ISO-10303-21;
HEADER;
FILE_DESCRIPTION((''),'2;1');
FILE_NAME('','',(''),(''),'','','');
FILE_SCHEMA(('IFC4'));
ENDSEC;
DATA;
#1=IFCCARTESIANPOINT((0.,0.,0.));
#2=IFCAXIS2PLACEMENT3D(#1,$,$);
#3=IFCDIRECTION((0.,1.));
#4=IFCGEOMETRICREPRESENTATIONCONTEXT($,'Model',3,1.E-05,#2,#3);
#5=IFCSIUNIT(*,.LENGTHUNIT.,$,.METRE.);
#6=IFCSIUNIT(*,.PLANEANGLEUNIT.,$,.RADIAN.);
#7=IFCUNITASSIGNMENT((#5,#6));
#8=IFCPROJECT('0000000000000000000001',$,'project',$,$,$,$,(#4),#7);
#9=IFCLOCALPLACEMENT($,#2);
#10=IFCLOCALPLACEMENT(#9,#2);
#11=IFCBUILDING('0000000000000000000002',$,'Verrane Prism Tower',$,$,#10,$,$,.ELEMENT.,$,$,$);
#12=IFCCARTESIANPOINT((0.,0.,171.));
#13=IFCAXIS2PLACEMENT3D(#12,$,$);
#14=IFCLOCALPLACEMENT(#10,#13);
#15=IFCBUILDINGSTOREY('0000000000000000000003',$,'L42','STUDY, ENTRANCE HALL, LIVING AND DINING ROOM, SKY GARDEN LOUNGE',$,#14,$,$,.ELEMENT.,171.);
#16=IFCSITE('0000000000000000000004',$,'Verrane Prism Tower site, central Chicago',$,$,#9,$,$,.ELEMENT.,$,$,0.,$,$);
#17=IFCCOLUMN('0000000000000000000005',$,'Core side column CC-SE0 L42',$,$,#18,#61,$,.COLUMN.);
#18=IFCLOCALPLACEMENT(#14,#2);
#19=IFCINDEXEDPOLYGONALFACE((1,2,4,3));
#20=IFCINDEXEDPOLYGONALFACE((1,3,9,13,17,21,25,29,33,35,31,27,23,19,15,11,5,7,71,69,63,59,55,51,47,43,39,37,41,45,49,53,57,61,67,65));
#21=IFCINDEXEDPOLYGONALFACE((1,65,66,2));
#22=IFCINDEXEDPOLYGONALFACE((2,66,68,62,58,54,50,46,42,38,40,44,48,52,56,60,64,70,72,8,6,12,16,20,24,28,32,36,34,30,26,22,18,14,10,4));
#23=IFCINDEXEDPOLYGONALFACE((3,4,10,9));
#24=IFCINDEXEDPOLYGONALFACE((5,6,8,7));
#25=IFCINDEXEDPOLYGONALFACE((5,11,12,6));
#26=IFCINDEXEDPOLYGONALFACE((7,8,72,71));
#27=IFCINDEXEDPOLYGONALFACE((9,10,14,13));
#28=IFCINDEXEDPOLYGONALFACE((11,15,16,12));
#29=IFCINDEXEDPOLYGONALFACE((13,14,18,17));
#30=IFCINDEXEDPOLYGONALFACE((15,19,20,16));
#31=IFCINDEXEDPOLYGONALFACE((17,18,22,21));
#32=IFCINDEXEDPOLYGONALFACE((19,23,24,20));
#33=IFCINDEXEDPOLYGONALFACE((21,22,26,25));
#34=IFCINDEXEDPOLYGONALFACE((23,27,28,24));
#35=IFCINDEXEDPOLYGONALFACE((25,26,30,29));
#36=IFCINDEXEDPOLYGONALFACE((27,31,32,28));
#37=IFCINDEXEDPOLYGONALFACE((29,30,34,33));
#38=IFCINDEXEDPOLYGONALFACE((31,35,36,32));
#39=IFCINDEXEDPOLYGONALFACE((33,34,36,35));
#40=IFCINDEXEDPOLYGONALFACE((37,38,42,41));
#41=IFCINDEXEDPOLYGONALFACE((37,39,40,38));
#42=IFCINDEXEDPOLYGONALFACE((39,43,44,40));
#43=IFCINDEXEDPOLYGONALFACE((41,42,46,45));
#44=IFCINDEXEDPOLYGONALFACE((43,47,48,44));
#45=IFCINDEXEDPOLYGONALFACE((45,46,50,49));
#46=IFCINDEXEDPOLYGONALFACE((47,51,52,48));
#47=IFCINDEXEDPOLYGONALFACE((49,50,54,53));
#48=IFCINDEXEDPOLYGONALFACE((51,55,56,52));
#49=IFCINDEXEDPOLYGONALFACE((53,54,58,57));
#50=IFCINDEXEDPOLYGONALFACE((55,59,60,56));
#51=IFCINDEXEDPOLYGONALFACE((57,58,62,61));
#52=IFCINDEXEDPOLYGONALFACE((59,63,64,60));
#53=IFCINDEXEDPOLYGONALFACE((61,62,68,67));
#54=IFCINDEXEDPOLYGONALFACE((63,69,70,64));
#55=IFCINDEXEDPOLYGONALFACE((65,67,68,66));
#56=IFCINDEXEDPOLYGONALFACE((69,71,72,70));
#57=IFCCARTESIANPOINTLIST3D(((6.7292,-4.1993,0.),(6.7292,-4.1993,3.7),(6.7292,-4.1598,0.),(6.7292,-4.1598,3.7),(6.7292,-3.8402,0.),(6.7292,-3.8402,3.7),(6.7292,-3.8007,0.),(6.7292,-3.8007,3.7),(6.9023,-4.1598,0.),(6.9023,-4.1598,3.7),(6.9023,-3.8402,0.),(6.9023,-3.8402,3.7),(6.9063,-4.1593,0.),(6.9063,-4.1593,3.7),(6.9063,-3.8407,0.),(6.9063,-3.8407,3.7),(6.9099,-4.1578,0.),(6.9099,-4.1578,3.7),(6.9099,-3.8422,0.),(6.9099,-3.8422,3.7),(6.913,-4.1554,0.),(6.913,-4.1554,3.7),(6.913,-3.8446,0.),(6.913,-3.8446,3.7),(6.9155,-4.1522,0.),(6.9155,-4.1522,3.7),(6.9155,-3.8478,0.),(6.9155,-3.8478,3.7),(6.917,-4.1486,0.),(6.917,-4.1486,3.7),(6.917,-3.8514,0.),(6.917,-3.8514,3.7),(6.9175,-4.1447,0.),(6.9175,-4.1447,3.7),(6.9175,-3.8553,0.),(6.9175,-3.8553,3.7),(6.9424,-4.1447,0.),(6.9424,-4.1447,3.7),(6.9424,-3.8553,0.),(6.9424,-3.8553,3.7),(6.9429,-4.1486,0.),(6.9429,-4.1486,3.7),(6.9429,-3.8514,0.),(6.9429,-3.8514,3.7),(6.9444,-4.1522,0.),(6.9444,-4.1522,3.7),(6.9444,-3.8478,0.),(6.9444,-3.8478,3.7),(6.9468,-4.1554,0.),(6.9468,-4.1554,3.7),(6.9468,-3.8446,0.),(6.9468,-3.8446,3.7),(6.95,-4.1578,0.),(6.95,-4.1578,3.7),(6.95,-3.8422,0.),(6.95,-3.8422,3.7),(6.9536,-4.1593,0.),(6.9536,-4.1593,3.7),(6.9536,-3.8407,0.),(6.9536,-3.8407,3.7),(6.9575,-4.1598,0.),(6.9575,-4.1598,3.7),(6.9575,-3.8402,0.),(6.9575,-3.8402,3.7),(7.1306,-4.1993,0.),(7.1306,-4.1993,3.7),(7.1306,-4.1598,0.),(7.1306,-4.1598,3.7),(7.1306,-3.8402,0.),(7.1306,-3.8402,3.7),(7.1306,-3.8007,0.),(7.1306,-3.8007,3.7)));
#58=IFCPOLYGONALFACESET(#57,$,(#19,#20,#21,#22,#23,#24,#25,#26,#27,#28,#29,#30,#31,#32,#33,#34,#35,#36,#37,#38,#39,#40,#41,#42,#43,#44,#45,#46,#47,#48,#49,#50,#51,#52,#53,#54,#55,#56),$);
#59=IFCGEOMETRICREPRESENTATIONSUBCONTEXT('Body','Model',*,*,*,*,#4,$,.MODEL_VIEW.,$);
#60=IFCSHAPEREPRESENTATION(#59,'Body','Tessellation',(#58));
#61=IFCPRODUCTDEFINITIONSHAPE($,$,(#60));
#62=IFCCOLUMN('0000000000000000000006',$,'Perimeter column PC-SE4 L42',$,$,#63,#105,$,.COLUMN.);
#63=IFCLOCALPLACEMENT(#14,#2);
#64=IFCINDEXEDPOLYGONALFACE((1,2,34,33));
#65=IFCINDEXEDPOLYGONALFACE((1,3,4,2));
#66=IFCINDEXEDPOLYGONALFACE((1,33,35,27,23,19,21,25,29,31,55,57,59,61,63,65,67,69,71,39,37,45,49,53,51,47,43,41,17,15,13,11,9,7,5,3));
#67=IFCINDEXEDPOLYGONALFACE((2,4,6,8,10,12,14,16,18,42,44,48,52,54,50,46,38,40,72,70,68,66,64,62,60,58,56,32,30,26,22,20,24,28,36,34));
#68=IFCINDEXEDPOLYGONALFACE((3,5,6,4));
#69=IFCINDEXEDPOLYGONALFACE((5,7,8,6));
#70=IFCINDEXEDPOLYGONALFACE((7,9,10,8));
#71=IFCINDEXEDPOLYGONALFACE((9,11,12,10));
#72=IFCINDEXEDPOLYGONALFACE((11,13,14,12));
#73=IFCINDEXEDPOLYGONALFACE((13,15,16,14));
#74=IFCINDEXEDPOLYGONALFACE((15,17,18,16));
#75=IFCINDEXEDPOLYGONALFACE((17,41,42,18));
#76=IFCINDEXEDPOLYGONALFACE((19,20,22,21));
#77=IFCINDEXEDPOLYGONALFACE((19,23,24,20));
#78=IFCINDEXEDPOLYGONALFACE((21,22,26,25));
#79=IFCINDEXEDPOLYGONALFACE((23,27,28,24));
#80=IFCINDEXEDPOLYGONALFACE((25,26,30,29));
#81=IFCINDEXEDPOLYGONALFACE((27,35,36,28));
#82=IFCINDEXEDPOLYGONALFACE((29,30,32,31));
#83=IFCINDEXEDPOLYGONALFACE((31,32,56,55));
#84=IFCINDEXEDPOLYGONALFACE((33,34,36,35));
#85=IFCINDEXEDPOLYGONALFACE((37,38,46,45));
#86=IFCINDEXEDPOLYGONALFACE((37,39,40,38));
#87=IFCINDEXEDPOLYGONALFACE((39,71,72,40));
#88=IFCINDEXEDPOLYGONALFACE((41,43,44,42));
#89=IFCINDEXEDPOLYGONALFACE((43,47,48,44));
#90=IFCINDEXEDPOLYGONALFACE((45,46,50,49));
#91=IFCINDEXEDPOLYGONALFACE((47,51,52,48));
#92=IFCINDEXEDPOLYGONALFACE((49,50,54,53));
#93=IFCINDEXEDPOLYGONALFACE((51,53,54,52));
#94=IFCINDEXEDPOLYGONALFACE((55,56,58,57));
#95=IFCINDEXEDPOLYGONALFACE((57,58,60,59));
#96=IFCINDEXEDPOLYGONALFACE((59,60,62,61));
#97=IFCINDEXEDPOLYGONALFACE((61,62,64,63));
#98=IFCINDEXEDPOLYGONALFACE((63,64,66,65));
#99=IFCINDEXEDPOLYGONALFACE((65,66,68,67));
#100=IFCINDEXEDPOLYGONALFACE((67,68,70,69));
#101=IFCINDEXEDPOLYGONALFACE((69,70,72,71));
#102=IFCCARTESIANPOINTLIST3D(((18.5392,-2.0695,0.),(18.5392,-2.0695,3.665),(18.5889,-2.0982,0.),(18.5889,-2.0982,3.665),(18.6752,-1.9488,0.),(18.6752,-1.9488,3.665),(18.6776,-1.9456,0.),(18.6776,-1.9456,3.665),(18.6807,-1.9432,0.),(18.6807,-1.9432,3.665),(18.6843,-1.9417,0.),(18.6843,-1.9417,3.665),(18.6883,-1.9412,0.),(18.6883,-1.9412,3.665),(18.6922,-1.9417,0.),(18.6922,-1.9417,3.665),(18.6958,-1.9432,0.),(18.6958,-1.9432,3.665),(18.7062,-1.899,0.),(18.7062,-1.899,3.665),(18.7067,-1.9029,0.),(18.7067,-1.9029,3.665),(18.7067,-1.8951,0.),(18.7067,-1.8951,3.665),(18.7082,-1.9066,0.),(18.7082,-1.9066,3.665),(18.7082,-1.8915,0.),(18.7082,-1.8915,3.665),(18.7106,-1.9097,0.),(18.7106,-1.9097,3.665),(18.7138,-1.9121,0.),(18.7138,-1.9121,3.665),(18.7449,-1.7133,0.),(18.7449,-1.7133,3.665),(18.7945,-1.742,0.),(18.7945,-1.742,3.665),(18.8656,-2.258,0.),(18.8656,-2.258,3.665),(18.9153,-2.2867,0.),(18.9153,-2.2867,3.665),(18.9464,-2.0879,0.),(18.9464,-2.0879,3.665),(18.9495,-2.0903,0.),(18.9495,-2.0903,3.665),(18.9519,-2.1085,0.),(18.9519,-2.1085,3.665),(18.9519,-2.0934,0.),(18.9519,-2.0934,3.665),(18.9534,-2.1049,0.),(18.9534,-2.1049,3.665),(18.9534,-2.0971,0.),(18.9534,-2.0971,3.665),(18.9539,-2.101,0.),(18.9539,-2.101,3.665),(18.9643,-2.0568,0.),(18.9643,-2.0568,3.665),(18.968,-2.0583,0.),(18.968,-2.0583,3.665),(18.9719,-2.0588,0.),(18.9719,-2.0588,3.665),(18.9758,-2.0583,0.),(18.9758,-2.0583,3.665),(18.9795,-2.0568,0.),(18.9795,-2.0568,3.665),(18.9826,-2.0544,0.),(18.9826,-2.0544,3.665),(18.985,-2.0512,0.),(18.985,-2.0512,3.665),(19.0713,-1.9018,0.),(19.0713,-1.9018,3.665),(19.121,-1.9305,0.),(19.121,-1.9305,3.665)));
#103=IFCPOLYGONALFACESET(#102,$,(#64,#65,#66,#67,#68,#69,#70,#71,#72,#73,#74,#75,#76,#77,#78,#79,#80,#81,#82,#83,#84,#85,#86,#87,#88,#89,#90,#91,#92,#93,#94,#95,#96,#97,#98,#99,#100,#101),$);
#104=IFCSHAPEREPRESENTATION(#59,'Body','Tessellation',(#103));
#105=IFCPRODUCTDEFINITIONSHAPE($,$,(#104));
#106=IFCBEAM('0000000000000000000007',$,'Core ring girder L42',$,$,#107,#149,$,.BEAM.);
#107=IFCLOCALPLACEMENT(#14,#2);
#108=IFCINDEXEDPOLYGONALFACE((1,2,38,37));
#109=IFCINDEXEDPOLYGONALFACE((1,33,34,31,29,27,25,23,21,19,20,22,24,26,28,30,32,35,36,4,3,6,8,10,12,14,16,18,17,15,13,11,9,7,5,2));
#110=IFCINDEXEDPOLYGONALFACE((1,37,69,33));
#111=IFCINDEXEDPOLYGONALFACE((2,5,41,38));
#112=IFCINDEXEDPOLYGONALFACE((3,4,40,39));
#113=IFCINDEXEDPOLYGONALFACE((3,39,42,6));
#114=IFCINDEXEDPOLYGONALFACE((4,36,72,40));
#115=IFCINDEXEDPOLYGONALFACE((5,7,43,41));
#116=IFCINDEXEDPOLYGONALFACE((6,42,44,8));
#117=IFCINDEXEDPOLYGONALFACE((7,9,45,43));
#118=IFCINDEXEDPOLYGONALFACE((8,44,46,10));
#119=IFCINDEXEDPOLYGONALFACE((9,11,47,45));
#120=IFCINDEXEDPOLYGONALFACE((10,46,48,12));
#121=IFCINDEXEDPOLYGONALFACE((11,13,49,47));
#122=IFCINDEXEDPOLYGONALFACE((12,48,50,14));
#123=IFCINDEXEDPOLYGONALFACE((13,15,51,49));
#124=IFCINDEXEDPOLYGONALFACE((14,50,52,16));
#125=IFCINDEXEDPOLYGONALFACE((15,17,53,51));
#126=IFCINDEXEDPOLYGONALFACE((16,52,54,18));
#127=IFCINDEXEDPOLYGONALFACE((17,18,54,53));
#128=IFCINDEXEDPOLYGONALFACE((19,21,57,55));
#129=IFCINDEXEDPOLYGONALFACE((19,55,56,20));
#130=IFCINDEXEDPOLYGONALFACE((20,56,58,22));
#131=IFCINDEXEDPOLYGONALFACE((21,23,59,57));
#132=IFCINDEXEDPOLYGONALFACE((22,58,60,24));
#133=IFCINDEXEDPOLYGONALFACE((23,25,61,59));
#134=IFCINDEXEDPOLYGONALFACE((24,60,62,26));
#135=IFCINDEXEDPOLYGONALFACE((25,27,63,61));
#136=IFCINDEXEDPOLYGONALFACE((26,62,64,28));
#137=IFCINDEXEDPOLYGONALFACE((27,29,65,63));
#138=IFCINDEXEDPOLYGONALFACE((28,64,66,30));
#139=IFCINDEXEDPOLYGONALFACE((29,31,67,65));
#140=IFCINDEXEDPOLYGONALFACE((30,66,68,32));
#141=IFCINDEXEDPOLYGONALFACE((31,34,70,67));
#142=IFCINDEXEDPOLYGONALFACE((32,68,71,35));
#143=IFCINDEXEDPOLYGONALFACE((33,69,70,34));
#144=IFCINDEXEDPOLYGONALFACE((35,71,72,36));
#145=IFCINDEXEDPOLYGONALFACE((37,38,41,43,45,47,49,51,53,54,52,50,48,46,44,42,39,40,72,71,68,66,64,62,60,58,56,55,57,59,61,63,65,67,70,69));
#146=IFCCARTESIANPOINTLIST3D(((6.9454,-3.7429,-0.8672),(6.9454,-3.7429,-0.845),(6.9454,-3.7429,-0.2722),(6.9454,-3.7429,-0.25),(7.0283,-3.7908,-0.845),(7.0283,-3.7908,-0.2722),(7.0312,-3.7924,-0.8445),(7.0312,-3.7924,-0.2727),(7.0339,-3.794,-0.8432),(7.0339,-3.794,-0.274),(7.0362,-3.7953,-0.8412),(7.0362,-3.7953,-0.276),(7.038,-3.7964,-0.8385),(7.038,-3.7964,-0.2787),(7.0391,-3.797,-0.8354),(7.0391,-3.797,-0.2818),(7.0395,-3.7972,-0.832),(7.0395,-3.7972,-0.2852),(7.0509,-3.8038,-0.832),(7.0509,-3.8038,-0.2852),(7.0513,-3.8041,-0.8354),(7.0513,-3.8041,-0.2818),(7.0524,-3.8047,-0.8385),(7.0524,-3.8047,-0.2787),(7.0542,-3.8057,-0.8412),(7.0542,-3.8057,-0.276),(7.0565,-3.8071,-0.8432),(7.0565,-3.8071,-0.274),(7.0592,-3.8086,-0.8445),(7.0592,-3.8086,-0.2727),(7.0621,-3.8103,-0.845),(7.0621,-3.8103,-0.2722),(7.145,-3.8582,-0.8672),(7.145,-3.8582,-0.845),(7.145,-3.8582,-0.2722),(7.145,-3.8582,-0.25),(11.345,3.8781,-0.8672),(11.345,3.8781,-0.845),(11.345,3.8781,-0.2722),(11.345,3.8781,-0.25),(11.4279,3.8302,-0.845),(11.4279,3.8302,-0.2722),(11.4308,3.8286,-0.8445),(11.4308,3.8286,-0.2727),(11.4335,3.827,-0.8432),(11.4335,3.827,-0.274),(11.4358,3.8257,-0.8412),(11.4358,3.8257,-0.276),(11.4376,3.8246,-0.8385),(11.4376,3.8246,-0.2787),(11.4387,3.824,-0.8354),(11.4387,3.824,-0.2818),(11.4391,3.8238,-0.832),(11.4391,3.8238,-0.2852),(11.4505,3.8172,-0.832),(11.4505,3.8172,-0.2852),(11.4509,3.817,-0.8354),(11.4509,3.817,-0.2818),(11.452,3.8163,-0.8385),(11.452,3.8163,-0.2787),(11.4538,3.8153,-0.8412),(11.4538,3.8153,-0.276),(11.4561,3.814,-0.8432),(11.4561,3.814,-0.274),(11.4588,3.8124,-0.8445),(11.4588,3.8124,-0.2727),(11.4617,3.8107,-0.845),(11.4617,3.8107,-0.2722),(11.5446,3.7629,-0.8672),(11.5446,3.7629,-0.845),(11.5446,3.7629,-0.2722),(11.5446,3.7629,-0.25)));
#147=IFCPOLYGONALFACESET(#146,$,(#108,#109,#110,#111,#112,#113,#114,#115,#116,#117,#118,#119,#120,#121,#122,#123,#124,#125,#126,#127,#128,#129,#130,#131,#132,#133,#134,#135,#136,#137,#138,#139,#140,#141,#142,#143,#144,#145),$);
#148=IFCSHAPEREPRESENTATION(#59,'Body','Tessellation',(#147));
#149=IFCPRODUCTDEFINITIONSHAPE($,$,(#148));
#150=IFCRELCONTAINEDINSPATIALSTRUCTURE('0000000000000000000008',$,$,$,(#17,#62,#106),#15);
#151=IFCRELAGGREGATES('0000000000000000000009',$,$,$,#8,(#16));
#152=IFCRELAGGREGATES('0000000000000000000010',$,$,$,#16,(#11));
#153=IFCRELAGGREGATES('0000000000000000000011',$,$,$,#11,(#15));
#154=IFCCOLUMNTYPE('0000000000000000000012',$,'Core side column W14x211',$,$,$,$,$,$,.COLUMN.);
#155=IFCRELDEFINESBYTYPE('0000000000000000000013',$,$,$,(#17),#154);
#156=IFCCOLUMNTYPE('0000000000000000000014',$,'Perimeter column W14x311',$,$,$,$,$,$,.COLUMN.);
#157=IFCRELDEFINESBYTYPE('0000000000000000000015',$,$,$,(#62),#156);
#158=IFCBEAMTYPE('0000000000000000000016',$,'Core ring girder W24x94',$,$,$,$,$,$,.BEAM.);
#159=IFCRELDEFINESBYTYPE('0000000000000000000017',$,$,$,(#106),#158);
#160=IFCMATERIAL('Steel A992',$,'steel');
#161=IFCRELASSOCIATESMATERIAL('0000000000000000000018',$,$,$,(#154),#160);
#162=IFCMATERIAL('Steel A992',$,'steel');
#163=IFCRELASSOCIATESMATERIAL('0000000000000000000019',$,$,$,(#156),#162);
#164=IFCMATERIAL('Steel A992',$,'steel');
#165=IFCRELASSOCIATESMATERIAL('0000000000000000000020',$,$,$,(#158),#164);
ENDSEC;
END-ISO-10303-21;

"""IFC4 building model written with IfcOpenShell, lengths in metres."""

from ifc_helpers import new_model, si_unit, direction, frame, origin, origin_2d, place, context, subcontext, project, spatial, i_section, extrude, material, material_profile, profile_set, type_object, element, save


model = new_model("IFC4")

# Units and contexts
model_context = context("Model", 3, precision=1e-05, world=origin(), true_north=direction((0.0, 1.0)))
body_context = subcontext(model_context, "Body", "Model", "MODEL_VIEW")
ifc_project = project(units=[si_unit("LENGTHUNIT", "METRE"), si_unit("PLANEANGLEUNIT", "RADIAN")], contexts=[model_context])

# Site, building, storey
site_placement = place(None, origin())
site = spatial("IfcSite", under=ifc_project, at=site_placement, Name="Verrane Prism Tower site, central Chicago", CompositionType="ELEMENT", RefElevation=0.0)
building_placement = place(site_placement, origin())
building = spatial("IfcBuilding", under=site, at=building_placement, Name="Verrane Prism Tower", CompositionType="ELEMENT")
storey_placement = place(building_placement, frame((0.0, 0.0, 171.0)))
storey = spatial("IfcBuildingStorey", under=building, at=storey_placement, Name="L42", Description="STUDY, ENTRANCE HALL, LIVING AND DINING ROOM, SKY GARDEN LOUNGE", CompositionType="ELEMENT", Elevation=171.0)

# Columns
ifc_material_1 = material(Name="Steel A992", Category="steel")
ifc_material_profile_1 = material_profile(ifc_material_1, i_section(OverallWidth=0.4014, OverallDepth=0.3987, WebThickness=0.0249, FlangeThickness=0.0396, FilletRadius=0.0151, at=origin_2d()), Name="W14x211")
ifc_profile_set_1 = profile_set([ifc_material_profile_1], Name="Steel A992")
column_type_1 = type_object("IfcColumnType", Name="Core side column W14x211", PredefinedType="COLUMN", material=ifc_profile_set_1)
column_1_placement = place(storey_placement, frame((6.9299, -4.0, 0.0), z_axis=(0.0, 0.0, 1.0), x_axis=(1.0, 0.0, 0.0)))
element("IfcColumn", 1, at=column_1_placement, inside=storey, type_object=column_type_1, Name="Core side column CC-SE0 L42", PredefinedType="COLUMN", context=body_context, shape_type="SweptSolid", body=[
    extrude(i_section(OverallWidth=0.4014, OverallDepth=0.3987, WebThickness=0.0249, FlangeThickness=0.0396, FilletRadius=0.0151, at=origin_2d()), origin(), (0.0, 0.0, 1.0), 3.7),
])
ifc_material_2 = material(Name="Steel A992", Category="steel")
ifc_material_profile_2 = material_profile(ifc_material_2, i_section(OverallWidth=0.4114, OverallDepth=0.4343, WebThickness=0.0359, FlangeThickness=0.0574, FilletRadius=0.0151, at=origin_2d()), Name="W14x311")
ifc_profile_set_2 = profile_set([ifc_material_profile_2], Name="Steel A992")
column_type_2 = type_object("IfcColumnType", Name="Perimeter column W14x311", PredefinedType="COLUMN", material=ifc_profile_set_2)
column_2_placement = place(storey_placement, frame((18.8301, -2.0, 0.0), z_axis=(0.0, 0.0, 1.0), x_axis=(-0.5, -0.866025, 0.0)))
element("IfcColumn", 2, at=column_2_placement, inside=storey, type_object=column_type_2, Name="Perimeter column PC-SE4 L42", PredefinedType="COLUMN", context=body_context, shape_type="SweptSolid", body=[
    extrude(i_section(OverallWidth=0.4114, OverallDepth=0.4343, WebThickness=0.0359, FlangeThickness=0.0574, FilletRadius=0.0151, at=origin_2d()), origin(), (0.0, 0.0, 1.0), 3.665),
])

# Beam
ifc_material_3 = material(Name="Steel A992", Category="steel")
ifc_material_profile_3 = material_profile(ifc_material_3, i_section(OverallWidth=0.2305, OverallDepth=0.6172, WebThickness=0.0132, FlangeThickness=0.0222, FilletRadius=0.0129, at=origin_2d()), Name="W24x94")
ifc_profile_set_3 = profile_set([ifc_material_profile_3], Name="Steel A992")
beam_type_1 = type_object("IfcBeamType", Name="Core ring girder W24x94", PredefinedType="BEAM", material=ifc_profile_set_3)
beam_1_placement = place(storey_placement, frame((7.0452, -3.8005, -0.5586), z_axis=(0.499967, 0.866044, 0.0), x_axis=(-0.866044, 0.499967, 0.0)))
element("IfcBeam", 3, at=beam_1_placement, inside=storey, type_object=beam_type_1, Name="Core ring girder L42", PredefinedType="BEAM", context=body_context, shape_type="SweptSolid", body=[
    extrude(i_section(OverallWidth=0.2305, OverallDepth=0.6172, WebThickness=0.0132, FlangeThickness=0.0222, FilletRadius=0.0129, at=origin_2d()), origin(), (0.0, 0.0, 1.0), 8.7998),
])

save(model, "model.ifc")
